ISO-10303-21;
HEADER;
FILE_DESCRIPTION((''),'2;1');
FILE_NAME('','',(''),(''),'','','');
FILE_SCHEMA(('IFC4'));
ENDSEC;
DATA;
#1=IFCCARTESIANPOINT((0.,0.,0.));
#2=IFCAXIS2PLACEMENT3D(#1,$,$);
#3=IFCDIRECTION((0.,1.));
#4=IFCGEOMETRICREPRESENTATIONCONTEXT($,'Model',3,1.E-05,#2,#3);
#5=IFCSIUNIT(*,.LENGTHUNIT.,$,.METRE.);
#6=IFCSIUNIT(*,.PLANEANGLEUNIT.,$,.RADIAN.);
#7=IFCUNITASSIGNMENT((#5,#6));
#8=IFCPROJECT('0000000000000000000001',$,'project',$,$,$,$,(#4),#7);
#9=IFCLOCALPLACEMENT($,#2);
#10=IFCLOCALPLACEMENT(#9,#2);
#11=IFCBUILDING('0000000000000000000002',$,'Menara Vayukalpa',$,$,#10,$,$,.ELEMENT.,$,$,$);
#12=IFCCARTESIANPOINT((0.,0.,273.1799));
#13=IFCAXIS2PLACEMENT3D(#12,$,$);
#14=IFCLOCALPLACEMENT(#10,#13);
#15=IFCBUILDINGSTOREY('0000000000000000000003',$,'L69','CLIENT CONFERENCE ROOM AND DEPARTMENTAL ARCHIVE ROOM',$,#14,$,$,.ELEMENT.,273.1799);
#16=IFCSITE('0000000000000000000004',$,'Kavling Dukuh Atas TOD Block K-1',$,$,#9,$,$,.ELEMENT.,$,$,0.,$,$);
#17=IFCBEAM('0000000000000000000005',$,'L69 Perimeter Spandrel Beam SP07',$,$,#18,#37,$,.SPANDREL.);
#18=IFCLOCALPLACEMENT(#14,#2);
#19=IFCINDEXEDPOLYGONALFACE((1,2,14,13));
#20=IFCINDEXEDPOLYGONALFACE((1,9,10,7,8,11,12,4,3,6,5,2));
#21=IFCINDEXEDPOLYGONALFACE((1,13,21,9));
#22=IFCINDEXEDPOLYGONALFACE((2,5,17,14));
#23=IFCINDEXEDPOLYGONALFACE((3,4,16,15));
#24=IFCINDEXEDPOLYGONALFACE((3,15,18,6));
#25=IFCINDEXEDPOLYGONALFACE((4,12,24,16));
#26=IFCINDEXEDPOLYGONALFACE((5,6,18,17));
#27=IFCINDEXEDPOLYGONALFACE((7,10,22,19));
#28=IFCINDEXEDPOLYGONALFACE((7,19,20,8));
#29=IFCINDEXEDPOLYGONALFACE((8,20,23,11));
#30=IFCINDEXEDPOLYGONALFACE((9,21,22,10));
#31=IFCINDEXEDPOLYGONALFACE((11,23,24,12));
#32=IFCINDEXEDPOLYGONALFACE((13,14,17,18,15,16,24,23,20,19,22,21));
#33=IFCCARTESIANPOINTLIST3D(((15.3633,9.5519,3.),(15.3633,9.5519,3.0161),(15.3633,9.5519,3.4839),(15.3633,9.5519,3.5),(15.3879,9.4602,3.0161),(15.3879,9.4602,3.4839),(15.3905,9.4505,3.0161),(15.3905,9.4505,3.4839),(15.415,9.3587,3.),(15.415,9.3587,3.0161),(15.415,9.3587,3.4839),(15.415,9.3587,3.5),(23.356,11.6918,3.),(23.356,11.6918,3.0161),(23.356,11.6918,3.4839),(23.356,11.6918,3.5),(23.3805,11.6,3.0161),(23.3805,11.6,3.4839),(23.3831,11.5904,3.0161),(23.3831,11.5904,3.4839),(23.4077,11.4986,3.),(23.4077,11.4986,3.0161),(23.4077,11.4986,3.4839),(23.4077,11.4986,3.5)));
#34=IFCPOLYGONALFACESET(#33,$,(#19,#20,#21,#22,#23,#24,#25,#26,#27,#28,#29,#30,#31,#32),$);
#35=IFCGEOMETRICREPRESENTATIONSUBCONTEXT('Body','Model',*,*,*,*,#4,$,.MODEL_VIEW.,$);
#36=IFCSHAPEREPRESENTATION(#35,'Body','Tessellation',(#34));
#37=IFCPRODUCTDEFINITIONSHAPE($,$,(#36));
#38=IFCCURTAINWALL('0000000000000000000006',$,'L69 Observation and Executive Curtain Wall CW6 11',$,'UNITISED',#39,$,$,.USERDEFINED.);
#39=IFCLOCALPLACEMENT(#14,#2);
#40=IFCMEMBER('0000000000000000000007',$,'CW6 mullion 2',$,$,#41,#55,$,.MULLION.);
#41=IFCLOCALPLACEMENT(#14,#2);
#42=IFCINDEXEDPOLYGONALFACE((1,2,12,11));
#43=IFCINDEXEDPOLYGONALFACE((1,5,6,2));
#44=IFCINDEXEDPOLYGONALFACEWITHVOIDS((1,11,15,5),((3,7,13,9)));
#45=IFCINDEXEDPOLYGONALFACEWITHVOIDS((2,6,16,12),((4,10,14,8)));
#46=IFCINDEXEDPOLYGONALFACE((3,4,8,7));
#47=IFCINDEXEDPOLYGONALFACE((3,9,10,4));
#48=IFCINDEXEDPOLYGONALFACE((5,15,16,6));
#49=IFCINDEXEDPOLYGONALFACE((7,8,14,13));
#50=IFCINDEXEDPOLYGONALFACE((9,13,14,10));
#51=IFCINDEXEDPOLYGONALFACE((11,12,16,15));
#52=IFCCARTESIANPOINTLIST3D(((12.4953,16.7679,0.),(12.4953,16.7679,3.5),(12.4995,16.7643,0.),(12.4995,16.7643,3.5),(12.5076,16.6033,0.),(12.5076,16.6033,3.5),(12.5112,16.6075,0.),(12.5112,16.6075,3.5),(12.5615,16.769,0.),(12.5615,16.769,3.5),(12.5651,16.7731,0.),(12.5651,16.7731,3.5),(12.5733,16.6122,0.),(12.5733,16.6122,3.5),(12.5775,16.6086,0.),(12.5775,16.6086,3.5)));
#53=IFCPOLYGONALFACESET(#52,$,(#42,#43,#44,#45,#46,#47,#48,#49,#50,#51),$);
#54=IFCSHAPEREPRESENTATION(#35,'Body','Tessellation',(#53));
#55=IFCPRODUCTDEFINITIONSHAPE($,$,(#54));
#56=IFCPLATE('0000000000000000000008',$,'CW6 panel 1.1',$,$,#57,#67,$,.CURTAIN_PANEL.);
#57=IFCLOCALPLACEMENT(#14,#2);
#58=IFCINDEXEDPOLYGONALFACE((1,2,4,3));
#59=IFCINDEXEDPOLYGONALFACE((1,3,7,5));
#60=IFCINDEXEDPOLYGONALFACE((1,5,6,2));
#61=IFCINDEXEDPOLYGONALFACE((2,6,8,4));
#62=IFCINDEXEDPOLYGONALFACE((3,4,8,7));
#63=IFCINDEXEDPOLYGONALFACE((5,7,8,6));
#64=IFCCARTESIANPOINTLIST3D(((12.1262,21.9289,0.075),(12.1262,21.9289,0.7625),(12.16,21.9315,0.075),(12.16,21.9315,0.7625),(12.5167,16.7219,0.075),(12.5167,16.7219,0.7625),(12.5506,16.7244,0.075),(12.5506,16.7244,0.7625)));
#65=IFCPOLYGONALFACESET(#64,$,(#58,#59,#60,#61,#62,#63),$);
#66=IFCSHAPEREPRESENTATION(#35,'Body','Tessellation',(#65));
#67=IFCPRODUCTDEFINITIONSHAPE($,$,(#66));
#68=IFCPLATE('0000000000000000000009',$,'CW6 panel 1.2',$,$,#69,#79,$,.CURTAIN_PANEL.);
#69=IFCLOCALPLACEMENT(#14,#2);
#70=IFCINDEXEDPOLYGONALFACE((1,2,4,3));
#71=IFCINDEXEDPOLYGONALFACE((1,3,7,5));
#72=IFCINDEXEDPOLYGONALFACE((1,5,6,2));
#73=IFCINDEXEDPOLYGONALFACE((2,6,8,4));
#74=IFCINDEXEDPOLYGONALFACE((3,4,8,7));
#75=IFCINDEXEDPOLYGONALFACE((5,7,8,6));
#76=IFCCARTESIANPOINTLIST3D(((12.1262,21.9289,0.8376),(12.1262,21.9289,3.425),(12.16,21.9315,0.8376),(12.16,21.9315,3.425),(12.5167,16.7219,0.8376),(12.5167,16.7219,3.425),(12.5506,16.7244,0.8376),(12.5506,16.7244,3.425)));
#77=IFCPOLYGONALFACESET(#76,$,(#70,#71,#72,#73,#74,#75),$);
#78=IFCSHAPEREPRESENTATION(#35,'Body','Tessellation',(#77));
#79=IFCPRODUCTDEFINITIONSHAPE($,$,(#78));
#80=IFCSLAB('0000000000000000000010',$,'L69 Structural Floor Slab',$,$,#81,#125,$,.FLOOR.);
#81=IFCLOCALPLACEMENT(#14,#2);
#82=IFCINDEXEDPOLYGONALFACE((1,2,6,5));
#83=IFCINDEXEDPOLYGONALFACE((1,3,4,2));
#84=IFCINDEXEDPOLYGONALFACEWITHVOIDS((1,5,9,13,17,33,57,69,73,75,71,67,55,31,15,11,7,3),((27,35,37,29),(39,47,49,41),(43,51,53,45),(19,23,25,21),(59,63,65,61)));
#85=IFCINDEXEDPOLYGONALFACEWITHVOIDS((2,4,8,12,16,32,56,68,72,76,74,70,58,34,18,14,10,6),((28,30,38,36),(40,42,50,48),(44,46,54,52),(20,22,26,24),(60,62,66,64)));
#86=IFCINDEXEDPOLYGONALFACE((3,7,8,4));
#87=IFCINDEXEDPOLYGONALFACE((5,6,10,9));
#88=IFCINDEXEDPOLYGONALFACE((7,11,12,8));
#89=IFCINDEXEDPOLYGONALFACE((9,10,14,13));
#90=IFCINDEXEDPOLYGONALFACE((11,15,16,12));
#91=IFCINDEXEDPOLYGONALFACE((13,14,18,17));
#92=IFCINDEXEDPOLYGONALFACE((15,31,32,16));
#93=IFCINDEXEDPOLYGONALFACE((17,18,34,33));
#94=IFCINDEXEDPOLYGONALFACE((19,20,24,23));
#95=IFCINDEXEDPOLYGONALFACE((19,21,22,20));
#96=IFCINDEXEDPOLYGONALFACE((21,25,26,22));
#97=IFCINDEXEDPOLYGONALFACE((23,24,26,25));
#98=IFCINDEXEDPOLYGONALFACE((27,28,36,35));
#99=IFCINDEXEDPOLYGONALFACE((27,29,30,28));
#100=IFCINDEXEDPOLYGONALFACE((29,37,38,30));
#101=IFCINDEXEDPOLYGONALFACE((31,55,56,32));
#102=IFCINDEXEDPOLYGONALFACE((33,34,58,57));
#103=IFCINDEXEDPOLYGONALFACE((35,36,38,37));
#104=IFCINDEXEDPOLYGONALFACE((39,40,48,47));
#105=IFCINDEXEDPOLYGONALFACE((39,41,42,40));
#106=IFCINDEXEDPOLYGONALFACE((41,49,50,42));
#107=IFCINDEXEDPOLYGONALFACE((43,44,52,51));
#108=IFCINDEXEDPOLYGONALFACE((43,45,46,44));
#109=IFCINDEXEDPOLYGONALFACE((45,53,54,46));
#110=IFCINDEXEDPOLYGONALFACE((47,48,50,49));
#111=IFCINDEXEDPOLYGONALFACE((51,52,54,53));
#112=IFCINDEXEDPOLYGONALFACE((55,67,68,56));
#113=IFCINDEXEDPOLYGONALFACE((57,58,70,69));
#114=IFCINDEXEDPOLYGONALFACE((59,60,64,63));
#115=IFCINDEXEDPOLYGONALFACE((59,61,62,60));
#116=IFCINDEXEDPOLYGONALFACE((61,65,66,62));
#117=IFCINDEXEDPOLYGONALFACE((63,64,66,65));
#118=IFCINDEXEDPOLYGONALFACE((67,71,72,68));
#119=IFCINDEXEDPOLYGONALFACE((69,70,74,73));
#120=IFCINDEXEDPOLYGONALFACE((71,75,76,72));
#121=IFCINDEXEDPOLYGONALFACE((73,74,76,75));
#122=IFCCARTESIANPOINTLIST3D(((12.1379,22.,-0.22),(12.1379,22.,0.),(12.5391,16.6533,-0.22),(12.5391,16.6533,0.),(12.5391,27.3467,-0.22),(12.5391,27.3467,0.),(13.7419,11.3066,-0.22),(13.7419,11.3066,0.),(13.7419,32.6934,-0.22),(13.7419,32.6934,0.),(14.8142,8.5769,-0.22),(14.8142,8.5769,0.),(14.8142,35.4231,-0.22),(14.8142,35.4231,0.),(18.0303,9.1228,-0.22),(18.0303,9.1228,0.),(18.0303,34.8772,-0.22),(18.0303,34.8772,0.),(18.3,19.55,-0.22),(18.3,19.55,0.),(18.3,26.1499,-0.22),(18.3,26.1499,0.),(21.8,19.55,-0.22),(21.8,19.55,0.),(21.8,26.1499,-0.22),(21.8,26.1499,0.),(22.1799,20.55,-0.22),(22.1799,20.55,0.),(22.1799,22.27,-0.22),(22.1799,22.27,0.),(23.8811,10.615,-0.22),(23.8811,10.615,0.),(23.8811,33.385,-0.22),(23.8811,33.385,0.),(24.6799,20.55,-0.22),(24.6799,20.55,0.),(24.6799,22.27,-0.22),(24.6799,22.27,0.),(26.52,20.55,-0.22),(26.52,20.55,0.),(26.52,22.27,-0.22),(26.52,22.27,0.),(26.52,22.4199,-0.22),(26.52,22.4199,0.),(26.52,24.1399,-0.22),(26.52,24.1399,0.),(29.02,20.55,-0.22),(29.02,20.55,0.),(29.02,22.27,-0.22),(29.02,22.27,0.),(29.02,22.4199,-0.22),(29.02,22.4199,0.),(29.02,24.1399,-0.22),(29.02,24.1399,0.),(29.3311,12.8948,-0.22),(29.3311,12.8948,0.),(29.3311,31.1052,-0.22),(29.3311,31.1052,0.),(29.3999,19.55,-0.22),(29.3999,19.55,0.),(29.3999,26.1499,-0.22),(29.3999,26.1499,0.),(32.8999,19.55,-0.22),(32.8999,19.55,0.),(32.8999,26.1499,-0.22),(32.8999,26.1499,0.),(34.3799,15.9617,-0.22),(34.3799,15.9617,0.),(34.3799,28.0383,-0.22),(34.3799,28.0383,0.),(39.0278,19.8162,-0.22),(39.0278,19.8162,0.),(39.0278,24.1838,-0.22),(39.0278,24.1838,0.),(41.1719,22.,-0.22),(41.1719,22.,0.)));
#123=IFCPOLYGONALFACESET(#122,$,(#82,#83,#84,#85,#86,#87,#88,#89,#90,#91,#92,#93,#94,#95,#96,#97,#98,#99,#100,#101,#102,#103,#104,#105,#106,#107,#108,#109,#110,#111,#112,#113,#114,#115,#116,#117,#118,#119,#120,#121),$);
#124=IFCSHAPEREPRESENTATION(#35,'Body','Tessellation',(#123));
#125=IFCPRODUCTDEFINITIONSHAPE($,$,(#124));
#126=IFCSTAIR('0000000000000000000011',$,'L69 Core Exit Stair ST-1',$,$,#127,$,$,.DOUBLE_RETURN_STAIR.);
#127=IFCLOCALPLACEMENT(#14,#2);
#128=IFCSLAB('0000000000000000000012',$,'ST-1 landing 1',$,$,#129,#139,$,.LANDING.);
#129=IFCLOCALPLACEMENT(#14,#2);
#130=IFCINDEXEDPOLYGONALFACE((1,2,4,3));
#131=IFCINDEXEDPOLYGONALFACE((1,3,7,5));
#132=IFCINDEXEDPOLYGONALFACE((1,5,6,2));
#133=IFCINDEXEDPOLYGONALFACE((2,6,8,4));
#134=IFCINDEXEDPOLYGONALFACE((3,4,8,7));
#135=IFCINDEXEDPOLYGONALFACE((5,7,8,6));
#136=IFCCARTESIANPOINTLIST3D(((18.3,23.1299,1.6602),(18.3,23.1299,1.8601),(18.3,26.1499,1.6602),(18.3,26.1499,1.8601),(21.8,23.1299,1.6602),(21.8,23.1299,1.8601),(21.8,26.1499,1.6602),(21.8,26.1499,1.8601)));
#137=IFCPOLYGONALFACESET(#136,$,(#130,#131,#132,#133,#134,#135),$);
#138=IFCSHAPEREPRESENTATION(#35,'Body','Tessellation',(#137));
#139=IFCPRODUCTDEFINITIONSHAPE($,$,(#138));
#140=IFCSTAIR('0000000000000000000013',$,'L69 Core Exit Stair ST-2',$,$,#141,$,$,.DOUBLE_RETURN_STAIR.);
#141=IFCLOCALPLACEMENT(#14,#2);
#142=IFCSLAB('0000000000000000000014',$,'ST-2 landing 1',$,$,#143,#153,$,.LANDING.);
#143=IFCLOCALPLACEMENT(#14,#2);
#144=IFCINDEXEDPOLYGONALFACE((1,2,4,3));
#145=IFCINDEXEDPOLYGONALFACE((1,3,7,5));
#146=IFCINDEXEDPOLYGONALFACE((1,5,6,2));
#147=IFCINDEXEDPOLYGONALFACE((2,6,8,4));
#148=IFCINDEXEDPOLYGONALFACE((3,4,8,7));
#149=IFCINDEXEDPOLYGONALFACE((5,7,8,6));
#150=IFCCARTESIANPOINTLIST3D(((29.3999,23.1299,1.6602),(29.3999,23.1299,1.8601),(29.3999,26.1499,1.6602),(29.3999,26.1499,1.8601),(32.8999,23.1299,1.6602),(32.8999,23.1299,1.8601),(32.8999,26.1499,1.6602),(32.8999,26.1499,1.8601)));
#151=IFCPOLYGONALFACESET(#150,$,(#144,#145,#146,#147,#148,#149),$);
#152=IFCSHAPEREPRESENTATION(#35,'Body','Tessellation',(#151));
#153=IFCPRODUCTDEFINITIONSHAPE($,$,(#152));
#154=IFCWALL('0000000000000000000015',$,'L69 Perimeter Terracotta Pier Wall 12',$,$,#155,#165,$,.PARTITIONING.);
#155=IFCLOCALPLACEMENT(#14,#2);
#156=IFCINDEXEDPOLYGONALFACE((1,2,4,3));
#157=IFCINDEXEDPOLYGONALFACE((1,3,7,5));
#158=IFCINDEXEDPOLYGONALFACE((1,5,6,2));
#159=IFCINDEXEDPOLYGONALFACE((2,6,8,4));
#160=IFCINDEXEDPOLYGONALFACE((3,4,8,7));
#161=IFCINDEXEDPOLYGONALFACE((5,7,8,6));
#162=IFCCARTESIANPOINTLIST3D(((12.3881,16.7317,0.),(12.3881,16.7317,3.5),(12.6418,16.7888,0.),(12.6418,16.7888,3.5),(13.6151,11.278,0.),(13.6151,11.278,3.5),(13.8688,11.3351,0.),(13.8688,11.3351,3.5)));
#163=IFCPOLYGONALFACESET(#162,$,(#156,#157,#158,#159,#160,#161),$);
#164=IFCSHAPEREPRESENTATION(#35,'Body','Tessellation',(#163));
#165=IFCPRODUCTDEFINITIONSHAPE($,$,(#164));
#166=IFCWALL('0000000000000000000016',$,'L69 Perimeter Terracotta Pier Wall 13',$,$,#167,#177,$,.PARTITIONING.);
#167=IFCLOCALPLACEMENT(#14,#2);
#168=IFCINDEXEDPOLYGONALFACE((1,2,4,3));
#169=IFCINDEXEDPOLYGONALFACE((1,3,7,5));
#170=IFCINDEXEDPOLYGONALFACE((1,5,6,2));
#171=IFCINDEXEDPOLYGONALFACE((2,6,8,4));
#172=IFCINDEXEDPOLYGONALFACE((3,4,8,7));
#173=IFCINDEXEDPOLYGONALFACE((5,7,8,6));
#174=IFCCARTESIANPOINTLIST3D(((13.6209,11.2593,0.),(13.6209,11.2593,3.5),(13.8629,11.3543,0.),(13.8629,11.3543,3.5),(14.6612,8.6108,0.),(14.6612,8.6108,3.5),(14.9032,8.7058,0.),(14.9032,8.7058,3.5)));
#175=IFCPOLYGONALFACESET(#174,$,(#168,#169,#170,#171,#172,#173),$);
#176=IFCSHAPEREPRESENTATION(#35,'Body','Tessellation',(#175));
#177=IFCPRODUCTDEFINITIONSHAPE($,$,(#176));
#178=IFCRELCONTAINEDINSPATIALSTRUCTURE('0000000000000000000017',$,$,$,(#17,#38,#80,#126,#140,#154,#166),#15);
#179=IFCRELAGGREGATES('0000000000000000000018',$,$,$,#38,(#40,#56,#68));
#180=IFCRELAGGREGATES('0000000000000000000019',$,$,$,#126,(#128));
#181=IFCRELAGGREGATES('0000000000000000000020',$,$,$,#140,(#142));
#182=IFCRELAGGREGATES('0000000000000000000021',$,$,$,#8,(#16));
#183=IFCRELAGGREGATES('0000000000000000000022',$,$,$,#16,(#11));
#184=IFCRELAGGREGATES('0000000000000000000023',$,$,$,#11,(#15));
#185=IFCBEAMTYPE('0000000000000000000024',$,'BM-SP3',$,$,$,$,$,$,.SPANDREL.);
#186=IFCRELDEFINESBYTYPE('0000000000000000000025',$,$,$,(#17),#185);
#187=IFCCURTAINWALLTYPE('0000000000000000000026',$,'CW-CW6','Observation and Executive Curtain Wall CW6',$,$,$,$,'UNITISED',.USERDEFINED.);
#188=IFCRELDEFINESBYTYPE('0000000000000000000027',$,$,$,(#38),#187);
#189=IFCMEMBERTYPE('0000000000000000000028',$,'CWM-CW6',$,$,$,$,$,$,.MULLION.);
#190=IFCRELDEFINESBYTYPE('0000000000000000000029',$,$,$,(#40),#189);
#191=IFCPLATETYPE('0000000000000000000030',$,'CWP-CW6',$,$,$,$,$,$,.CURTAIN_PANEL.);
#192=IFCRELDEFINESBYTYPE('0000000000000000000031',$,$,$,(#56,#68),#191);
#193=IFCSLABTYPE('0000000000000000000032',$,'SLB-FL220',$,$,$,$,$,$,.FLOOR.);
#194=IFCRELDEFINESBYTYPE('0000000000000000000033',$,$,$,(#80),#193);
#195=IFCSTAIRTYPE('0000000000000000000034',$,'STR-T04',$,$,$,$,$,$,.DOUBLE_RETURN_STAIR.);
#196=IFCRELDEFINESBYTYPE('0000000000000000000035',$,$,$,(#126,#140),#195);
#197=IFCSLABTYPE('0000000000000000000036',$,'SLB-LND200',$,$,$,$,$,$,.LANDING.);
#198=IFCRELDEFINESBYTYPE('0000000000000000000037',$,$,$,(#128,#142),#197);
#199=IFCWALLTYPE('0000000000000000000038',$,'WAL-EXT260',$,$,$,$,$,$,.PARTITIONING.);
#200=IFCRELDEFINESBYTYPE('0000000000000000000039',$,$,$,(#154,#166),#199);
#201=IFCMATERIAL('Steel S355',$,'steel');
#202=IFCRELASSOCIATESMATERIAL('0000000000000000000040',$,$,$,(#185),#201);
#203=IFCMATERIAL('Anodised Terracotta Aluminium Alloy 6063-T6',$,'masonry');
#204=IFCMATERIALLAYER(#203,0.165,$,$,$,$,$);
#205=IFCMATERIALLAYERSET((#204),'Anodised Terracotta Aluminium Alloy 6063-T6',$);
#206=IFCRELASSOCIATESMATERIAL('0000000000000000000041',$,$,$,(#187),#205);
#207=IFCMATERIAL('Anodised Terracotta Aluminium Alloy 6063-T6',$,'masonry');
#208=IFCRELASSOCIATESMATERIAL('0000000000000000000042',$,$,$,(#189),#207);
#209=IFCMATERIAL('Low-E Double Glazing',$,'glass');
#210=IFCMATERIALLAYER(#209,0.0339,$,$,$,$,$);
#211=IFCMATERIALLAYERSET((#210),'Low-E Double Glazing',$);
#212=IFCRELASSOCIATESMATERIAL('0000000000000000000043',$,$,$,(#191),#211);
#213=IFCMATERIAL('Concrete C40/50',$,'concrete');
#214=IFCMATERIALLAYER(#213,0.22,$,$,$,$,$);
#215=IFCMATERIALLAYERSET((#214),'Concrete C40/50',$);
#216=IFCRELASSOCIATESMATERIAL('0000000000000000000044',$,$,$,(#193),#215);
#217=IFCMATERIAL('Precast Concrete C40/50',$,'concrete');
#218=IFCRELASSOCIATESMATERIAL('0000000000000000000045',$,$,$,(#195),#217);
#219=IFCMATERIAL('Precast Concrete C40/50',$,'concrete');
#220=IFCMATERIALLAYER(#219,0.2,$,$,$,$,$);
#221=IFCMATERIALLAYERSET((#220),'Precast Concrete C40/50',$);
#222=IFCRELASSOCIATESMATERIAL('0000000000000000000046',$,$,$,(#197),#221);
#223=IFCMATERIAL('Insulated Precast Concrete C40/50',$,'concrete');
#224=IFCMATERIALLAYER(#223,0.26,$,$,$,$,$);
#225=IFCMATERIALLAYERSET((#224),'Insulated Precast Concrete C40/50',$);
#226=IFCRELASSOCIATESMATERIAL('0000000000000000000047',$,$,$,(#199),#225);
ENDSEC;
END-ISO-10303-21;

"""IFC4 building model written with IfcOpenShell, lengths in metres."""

from ifc_helpers import new_model, si_unit, direction, frame, frame_2d, origin, origin_2d, place, context, subcontext, project, spatial, polyline, rectangle, hollow_rectangle, i_section, outline, extrude, material, layer, layer_set, material_profile, profile_set, type_object, element, aggregate, save


model = new_model("IFC4")

# Units and contexts
model_context = context("Model", 3, precision=1e-05, world=origin(), true_north=direction((0.0, 1.0)))
body_context = subcontext(model_context, "Body", "Model", "MODEL_VIEW")
ifc_project = project(units=[si_unit("LENGTHUNIT", "METRE"), si_unit("PLANEANGLEUNIT", "RADIAN")], contexts=[model_context])

# Site, building, storey
site_placement = place(None, origin())
site = spatial("IfcSite", under=ifc_project, at=site_placement, Name="Kavling Dukuh Atas TOD Block K-1", CompositionType="ELEMENT", RefElevation=0.0)
building_placement = place(site_placement, origin())
building = spatial("IfcBuilding", under=site, at=building_placement, Name="Menara Vayukalpa", CompositionType="ELEMENT")
storey_placement = place(building_placement, frame((0.0, 0.0, 273.1799)))
storey = spatial("IfcBuildingStorey", under=building, at=storey_placement, Name="L69", Description="CLIENT CONFERENCE ROOM AND DEPARTMENTAL ARCHIVE ROOM", CompositionType="ELEMENT", Elevation=273.1799)

# Beam
ifc_material_1 = material(Name="Steel S355", Category="steel")
ifc_material_profile_1 = material_profile(ifc_material_1, i_section(OverallWidth=0.2, OverallDepth=0.5, WebThickness=0.01, FlangeThickness=0.0161, at=origin_2d()), Name="WF 500x200x10x16")
ifc_profile_set_1 = profile_set([ifc_material_profile_1], Name="Steel S355")
beam_type_1 = type_object("IfcBeamType", Name="BM-SP3", PredefinedType="SPANDREL", material=ifc_profile_set_1)
beam_1_placement = place(storey_placement, frame((15.3892, 9.4553, 3.25), z_axis=(0.965978, 0.258623, 0.0), x_axis=(-0.258623, 0.965978, 0.0)))
element("IfcBeam", 1, at=beam_1_placement, inside=storey, type_object=beam_type_1, Name="L69 Perimeter Spandrel Beam SP07", PredefinedType="SPANDREL", context=body_context, shape_type="SweptSolid", body=[
    extrude(i_section(OverallWidth=0.2, OverallDepth=0.5, WebThickness=0.01, FlangeThickness=0.0161, at=origin_2d()), origin(), (0.0, 0.0, 1.0), 8.2742),
])

# Curtain wall, member, plates
ifc_material_2 = material(Name="Anodised Terracotta Aluminium Alloy 6063-T6", Category="masonry")
ifc_layer_1 = layer(ifc_material_2, 0.165)
ifc_layer_set_1 = layer_set([ifc_layer_1], Name="Anodised Terracotta Aluminium Alloy 6063-T6")
curtain_wall_type = type_object("IfcCurtainWallType", Name="CW-CW6", Description="Observation and Executive Curtain Wall CW6", ElementType="UNITISED", PredefinedType="USERDEFINED", material=ifc_layer_set_1)
curtain_wall_placement = place(storey_placement, origin())
curtain_wall = element("IfcCurtainWall", 2, at=curtain_wall_placement, inside=storey, type_object=curtain_wall_type, Name="L69 Observation and Executive Curtain Wall CW6 11", ObjectType="UNITISED", PredefinedType="USERDEFINED")
ifc_material_3 = material(Name="Anodised Terracotta Aluminium Alloy 6063-T6", Category="masonry")
ifc_material_profile_2 = material_profile(ifc_material_3, hollow_rectangle(XDim=0.0701, YDim=0.165, WallThickness=0.0039, at=origin_2d()), Name="ALU 70x165x4")
ifc_profile_set_2 = profile_set([ifc_material_profile_2], Name="Anodised Terracotta Aluminium Alloy 6063-T6")
member_type = type_object("IfcMemberType", Name="CWM-CW6", PredefinedType="MULLION", material=ifc_profile_set_2)
member_placement = place(storey_placement, frame((12.5364, 16.6882, 0.0), z_axis=(0.0, 0.0, 1.0), x_axis=(0.997199, 0.074789, 0.0)))
member = element("IfcMember", 3, at=member_placement, type_object=member_type, Name="CW6 mullion 2", PredefinedType="MULLION", context=body_context, shape_type="SweptSolid", body=[
    extrude(hollow_rectangle(XDim=0.0701, YDim=0.165, WallThickness=0.0039, at=origin_2d()), origin(), (0.0, 0.0, 1.0), 3.5),
])
ifc_material_4 = material(Name="Low-E Double Glazing", Category="glass")
ifc_layer_2 = layer(ifc_material_4, 0.0339)
ifc_layer_set_2 = layer_set([ifc_layer_2], Name="Low-E Double Glazing")
plate_type = type_object("IfcPlateType", Name="CWP-CW6", PredefinedType="CURTAIN_PANEL", material=ifc_layer_set_2)
plate_1_placement = place(storey_placement, frame((12.3384, 19.3267, 0.075), z_axis=(0.0, 0.0, 1.0), x_axis=(0.074789, -0.997199, 0.0)))
plate_1 = element("IfcPlate", 4, at=plate_1_placement, type_object=plate_type, Name="CW6 panel 1.1", PredefinedType="CURTAIN_PANEL", context=body_context, shape_type="SweptSolid", body=[
    extrude(rectangle(XDim=5.2217, YDim=0.0339, at=origin_2d()), origin(), (0.0, 0.0, 1.0), 0.6875),
])
plate_2_placement = place(storey_placement, frame((12.3384, 19.3267, 0.8376), z_axis=(0.0, 0.0, 1.0), x_axis=(0.074789, -0.997199, 0.0)))
plate_2 = element("IfcPlate", 5, at=plate_2_placement, type_object=plate_type, Name="CW6 panel 1.2", PredefinedType="CURTAIN_PANEL", context=body_context, shape_type="SweptSolid", body=[
    extrude(rectangle(XDim=5.2217, YDim=0.0339, at=origin_2d()), origin(), (0.0, 0.0, 1.0), 2.5874),
])
aggregate(curtain_wall, [member, plate_1, plate_2])

# Slab
ifc_material_5 = material(Name="Concrete C40/50", Category="concrete")
ifc_layer_3 = layer(ifc_material_5, 0.22)
ifc_layer_set_3 = layer_set([ifc_layer_3], Name="Concrete C40/50")
slab_type_1 = type_object("IfcSlabType", Name="SLB-FL220", PredefinedType="FLOOR", material=ifc_layer_set_3)
slab_1_placement = place(storey_placement, frame((0.0, 0.0, -0.22)))
element("IfcSlab", 6, at=slab_1_placement, inside=storey, type_object=slab_type_1, Name="L69 Structural Floor Slab", PredefinedType="FLOOR", context=body_context, shape_type="SweptSolid", body=[
    extrude(outline(polyline([(39.0278, 19.8162), (41.1719, 22.0), (39.0278, 24.1838), (34.3799, 28.0383), (29.3311, 31.1052), (23.8811, 33.385), (18.0303, 34.8772), (14.8142, 35.4231), (13.7419, 32.6934), (12.5391, 27.3467), (12.1379, 22.0), (12.5391, 16.6533), (13.7419, 11.3066), (14.8142, 8.5769), (18.0303, 9.1228), (23.8811, 10.615), (29.3311, 12.8948), (34.3799, 15.9617), (39.0278, 19.8162)]), holes=[polyline([(21.8, 19.55), (21.8, 26.1499), (18.3, 26.1499), (18.3, 19.55), (21.8, 19.55)]), polyline([(32.8999, 19.55), (32.8999, 26.1499), (29.3999, 26.1499), (29.3999, 19.55), (32.8999, 19.55)]), polyline([(22.1799, 20.55), (24.6799, 20.55), (24.6799, 22.27), (22.1799, 22.27), (22.1799, 20.55)]), polyline([(26.52, 20.55), (29.02, 20.55), (29.02, 22.27), (26.52, 22.27), (26.52, 20.55)]), polyline([(26.52, 22.4199), (29.02, 22.4199), (29.02, 24.1399), (26.52, 24.1399), (26.52, 22.4199)])]), origin(), (0.0, 0.0, 1.0), 0.22),
])

# Stairs, slabs
ifc_material_6 = material(Name="Precast Concrete C40/50", Category="concrete")
stair_type = type_object("IfcStairType", Name="STR-T04", PredefinedType="DOUBLE_RETURN_STAIR", material=ifc_material_6)
stair_1_placement = place(storey_placement, origin())
stair_1 = element("IfcStair", 7, at=stair_1_placement, inside=storey, type_object=stair_type, Name="L69 Core Exit Stair ST-1", PredefinedType="DOUBLE_RETURN_STAIR")
ifc_material_7 = material(Name="Precast Concrete C40/50", Category="concrete")
ifc_layer_4 = layer(ifc_material_7, 0.2)
ifc_layer_set_4 = layer_set([ifc_layer_4], Name="Precast Concrete C40/50")
slab_type_2 = type_object("IfcSlabType", Name="SLB-LND200", PredefinedType="LANDING", material=ifc_layer_set_4)
slab_2_placement = place(storey_placement, frame((0.0, 0.0, 1.6602)))
slab_2 = element("IfcSlab", 8, at=slab_2_placement, type_object=slab_type_2, Name="ST-1 landing 1", PredefinedType="LANDING", context=body_context, shape_type="SweptSolid", body=[
    extrude(outline(polyline([(21.8, 23.1299), (21.8, 26.1499), (18.3, 26.1499), (18.3, 23.1299), (21.8, 23.1299)])), origin(), (0.0, 0.0, 1.0), 0.2),
])
aggregate(stair_1, [slab_2])
stair_2_placement = place(storey_placement, origin())
stair_2 = element("IfcStair", 9, at=stair_2_placement, inside=storey, type_object=stair_type, Name="L69 Core Exit Stair ST-2", PredefinedType="DOUBLE_RETURN_STAIR")
slab_3_placement = place(storey_placement, frame((0.0, 0.0, 1.6602)))
slab_3 = element("IfcSlab", 10, at=slab_3_placement, type_object=slab_type_2, Name="ST-2 landing 1", PredefinedType="LANDING", context=body_context, shape_type="SweptSolid", body=[
    extrude(outline(polyline([(32.8999, 23.1299), (32.8999, 26.1499), (29.3999, 26.1499), (29.3999, 23.1299), (32.8999, 23.1299)])), origin(), (0.0, 0.0, 1.0), 0.2),
])
aggregate(stair_2, [slab_3])

# Walls
ifc_material_8 = material(Name="Insulated Precast Concrete C40/50", Category="concrete")
ifc_layer_5 = layer(ifc_material_8, 0.26)
ifc_layer_set_5 = layer_set([ifc_layer_5], Name="Insulated Precast Concrete C40/50")
wall_type_1 = type_object("IfcWallType", Name="WAL-EXT260", PredefinedType="PARTITIONING", material=ifc_layer_set_5)
wall_1_placement = place(storey_placement, frame((13.7419, 11.3066, 0.0), z_axis=(0.0, 0.0, 1.0), x_axis=(-0.219501, 0.975612, 0.0)))
element("IfcWall", 11, at=wall_1_placement, inside=storey, type_object=wall_type_1, Name="L69 Perimeter Terracotta Pier Wall 12", PredefinedType="PARTITIONING", context=body_context, shape_type="SweptSolid", body=[
    extrude(rectangle(XDim=5.5901, YDim=0.26, at=frame_2d((2.7949, 0.0))), origin(), (0.0, 0.0, 1.0), 3.5),
])
wall_2_placement = place(storey_placement, frame((14.7822, 8.6582, 0.0), z_axis=(0.0, 0.0, 1.0), x_axis=(-0.365599, 0.930772, 0.0)))
element("IfcWall", 12, at=wall_2_placement, inside=storey, type_object=wall_type_1, Name="L69 Perimeter Terracotta Pier Wall 13", PredefinedType="PARTITIONING", context=body_context, shape_type="SweptSolid", body=[
    extrude(rectangle(XDim=2.8455, YDim=0.26, at=frame_2d((1.4229, 0.0))), origin(), (0.0, 0.0, 1.0), 3.5),
])

save(model, "model.ifc")
